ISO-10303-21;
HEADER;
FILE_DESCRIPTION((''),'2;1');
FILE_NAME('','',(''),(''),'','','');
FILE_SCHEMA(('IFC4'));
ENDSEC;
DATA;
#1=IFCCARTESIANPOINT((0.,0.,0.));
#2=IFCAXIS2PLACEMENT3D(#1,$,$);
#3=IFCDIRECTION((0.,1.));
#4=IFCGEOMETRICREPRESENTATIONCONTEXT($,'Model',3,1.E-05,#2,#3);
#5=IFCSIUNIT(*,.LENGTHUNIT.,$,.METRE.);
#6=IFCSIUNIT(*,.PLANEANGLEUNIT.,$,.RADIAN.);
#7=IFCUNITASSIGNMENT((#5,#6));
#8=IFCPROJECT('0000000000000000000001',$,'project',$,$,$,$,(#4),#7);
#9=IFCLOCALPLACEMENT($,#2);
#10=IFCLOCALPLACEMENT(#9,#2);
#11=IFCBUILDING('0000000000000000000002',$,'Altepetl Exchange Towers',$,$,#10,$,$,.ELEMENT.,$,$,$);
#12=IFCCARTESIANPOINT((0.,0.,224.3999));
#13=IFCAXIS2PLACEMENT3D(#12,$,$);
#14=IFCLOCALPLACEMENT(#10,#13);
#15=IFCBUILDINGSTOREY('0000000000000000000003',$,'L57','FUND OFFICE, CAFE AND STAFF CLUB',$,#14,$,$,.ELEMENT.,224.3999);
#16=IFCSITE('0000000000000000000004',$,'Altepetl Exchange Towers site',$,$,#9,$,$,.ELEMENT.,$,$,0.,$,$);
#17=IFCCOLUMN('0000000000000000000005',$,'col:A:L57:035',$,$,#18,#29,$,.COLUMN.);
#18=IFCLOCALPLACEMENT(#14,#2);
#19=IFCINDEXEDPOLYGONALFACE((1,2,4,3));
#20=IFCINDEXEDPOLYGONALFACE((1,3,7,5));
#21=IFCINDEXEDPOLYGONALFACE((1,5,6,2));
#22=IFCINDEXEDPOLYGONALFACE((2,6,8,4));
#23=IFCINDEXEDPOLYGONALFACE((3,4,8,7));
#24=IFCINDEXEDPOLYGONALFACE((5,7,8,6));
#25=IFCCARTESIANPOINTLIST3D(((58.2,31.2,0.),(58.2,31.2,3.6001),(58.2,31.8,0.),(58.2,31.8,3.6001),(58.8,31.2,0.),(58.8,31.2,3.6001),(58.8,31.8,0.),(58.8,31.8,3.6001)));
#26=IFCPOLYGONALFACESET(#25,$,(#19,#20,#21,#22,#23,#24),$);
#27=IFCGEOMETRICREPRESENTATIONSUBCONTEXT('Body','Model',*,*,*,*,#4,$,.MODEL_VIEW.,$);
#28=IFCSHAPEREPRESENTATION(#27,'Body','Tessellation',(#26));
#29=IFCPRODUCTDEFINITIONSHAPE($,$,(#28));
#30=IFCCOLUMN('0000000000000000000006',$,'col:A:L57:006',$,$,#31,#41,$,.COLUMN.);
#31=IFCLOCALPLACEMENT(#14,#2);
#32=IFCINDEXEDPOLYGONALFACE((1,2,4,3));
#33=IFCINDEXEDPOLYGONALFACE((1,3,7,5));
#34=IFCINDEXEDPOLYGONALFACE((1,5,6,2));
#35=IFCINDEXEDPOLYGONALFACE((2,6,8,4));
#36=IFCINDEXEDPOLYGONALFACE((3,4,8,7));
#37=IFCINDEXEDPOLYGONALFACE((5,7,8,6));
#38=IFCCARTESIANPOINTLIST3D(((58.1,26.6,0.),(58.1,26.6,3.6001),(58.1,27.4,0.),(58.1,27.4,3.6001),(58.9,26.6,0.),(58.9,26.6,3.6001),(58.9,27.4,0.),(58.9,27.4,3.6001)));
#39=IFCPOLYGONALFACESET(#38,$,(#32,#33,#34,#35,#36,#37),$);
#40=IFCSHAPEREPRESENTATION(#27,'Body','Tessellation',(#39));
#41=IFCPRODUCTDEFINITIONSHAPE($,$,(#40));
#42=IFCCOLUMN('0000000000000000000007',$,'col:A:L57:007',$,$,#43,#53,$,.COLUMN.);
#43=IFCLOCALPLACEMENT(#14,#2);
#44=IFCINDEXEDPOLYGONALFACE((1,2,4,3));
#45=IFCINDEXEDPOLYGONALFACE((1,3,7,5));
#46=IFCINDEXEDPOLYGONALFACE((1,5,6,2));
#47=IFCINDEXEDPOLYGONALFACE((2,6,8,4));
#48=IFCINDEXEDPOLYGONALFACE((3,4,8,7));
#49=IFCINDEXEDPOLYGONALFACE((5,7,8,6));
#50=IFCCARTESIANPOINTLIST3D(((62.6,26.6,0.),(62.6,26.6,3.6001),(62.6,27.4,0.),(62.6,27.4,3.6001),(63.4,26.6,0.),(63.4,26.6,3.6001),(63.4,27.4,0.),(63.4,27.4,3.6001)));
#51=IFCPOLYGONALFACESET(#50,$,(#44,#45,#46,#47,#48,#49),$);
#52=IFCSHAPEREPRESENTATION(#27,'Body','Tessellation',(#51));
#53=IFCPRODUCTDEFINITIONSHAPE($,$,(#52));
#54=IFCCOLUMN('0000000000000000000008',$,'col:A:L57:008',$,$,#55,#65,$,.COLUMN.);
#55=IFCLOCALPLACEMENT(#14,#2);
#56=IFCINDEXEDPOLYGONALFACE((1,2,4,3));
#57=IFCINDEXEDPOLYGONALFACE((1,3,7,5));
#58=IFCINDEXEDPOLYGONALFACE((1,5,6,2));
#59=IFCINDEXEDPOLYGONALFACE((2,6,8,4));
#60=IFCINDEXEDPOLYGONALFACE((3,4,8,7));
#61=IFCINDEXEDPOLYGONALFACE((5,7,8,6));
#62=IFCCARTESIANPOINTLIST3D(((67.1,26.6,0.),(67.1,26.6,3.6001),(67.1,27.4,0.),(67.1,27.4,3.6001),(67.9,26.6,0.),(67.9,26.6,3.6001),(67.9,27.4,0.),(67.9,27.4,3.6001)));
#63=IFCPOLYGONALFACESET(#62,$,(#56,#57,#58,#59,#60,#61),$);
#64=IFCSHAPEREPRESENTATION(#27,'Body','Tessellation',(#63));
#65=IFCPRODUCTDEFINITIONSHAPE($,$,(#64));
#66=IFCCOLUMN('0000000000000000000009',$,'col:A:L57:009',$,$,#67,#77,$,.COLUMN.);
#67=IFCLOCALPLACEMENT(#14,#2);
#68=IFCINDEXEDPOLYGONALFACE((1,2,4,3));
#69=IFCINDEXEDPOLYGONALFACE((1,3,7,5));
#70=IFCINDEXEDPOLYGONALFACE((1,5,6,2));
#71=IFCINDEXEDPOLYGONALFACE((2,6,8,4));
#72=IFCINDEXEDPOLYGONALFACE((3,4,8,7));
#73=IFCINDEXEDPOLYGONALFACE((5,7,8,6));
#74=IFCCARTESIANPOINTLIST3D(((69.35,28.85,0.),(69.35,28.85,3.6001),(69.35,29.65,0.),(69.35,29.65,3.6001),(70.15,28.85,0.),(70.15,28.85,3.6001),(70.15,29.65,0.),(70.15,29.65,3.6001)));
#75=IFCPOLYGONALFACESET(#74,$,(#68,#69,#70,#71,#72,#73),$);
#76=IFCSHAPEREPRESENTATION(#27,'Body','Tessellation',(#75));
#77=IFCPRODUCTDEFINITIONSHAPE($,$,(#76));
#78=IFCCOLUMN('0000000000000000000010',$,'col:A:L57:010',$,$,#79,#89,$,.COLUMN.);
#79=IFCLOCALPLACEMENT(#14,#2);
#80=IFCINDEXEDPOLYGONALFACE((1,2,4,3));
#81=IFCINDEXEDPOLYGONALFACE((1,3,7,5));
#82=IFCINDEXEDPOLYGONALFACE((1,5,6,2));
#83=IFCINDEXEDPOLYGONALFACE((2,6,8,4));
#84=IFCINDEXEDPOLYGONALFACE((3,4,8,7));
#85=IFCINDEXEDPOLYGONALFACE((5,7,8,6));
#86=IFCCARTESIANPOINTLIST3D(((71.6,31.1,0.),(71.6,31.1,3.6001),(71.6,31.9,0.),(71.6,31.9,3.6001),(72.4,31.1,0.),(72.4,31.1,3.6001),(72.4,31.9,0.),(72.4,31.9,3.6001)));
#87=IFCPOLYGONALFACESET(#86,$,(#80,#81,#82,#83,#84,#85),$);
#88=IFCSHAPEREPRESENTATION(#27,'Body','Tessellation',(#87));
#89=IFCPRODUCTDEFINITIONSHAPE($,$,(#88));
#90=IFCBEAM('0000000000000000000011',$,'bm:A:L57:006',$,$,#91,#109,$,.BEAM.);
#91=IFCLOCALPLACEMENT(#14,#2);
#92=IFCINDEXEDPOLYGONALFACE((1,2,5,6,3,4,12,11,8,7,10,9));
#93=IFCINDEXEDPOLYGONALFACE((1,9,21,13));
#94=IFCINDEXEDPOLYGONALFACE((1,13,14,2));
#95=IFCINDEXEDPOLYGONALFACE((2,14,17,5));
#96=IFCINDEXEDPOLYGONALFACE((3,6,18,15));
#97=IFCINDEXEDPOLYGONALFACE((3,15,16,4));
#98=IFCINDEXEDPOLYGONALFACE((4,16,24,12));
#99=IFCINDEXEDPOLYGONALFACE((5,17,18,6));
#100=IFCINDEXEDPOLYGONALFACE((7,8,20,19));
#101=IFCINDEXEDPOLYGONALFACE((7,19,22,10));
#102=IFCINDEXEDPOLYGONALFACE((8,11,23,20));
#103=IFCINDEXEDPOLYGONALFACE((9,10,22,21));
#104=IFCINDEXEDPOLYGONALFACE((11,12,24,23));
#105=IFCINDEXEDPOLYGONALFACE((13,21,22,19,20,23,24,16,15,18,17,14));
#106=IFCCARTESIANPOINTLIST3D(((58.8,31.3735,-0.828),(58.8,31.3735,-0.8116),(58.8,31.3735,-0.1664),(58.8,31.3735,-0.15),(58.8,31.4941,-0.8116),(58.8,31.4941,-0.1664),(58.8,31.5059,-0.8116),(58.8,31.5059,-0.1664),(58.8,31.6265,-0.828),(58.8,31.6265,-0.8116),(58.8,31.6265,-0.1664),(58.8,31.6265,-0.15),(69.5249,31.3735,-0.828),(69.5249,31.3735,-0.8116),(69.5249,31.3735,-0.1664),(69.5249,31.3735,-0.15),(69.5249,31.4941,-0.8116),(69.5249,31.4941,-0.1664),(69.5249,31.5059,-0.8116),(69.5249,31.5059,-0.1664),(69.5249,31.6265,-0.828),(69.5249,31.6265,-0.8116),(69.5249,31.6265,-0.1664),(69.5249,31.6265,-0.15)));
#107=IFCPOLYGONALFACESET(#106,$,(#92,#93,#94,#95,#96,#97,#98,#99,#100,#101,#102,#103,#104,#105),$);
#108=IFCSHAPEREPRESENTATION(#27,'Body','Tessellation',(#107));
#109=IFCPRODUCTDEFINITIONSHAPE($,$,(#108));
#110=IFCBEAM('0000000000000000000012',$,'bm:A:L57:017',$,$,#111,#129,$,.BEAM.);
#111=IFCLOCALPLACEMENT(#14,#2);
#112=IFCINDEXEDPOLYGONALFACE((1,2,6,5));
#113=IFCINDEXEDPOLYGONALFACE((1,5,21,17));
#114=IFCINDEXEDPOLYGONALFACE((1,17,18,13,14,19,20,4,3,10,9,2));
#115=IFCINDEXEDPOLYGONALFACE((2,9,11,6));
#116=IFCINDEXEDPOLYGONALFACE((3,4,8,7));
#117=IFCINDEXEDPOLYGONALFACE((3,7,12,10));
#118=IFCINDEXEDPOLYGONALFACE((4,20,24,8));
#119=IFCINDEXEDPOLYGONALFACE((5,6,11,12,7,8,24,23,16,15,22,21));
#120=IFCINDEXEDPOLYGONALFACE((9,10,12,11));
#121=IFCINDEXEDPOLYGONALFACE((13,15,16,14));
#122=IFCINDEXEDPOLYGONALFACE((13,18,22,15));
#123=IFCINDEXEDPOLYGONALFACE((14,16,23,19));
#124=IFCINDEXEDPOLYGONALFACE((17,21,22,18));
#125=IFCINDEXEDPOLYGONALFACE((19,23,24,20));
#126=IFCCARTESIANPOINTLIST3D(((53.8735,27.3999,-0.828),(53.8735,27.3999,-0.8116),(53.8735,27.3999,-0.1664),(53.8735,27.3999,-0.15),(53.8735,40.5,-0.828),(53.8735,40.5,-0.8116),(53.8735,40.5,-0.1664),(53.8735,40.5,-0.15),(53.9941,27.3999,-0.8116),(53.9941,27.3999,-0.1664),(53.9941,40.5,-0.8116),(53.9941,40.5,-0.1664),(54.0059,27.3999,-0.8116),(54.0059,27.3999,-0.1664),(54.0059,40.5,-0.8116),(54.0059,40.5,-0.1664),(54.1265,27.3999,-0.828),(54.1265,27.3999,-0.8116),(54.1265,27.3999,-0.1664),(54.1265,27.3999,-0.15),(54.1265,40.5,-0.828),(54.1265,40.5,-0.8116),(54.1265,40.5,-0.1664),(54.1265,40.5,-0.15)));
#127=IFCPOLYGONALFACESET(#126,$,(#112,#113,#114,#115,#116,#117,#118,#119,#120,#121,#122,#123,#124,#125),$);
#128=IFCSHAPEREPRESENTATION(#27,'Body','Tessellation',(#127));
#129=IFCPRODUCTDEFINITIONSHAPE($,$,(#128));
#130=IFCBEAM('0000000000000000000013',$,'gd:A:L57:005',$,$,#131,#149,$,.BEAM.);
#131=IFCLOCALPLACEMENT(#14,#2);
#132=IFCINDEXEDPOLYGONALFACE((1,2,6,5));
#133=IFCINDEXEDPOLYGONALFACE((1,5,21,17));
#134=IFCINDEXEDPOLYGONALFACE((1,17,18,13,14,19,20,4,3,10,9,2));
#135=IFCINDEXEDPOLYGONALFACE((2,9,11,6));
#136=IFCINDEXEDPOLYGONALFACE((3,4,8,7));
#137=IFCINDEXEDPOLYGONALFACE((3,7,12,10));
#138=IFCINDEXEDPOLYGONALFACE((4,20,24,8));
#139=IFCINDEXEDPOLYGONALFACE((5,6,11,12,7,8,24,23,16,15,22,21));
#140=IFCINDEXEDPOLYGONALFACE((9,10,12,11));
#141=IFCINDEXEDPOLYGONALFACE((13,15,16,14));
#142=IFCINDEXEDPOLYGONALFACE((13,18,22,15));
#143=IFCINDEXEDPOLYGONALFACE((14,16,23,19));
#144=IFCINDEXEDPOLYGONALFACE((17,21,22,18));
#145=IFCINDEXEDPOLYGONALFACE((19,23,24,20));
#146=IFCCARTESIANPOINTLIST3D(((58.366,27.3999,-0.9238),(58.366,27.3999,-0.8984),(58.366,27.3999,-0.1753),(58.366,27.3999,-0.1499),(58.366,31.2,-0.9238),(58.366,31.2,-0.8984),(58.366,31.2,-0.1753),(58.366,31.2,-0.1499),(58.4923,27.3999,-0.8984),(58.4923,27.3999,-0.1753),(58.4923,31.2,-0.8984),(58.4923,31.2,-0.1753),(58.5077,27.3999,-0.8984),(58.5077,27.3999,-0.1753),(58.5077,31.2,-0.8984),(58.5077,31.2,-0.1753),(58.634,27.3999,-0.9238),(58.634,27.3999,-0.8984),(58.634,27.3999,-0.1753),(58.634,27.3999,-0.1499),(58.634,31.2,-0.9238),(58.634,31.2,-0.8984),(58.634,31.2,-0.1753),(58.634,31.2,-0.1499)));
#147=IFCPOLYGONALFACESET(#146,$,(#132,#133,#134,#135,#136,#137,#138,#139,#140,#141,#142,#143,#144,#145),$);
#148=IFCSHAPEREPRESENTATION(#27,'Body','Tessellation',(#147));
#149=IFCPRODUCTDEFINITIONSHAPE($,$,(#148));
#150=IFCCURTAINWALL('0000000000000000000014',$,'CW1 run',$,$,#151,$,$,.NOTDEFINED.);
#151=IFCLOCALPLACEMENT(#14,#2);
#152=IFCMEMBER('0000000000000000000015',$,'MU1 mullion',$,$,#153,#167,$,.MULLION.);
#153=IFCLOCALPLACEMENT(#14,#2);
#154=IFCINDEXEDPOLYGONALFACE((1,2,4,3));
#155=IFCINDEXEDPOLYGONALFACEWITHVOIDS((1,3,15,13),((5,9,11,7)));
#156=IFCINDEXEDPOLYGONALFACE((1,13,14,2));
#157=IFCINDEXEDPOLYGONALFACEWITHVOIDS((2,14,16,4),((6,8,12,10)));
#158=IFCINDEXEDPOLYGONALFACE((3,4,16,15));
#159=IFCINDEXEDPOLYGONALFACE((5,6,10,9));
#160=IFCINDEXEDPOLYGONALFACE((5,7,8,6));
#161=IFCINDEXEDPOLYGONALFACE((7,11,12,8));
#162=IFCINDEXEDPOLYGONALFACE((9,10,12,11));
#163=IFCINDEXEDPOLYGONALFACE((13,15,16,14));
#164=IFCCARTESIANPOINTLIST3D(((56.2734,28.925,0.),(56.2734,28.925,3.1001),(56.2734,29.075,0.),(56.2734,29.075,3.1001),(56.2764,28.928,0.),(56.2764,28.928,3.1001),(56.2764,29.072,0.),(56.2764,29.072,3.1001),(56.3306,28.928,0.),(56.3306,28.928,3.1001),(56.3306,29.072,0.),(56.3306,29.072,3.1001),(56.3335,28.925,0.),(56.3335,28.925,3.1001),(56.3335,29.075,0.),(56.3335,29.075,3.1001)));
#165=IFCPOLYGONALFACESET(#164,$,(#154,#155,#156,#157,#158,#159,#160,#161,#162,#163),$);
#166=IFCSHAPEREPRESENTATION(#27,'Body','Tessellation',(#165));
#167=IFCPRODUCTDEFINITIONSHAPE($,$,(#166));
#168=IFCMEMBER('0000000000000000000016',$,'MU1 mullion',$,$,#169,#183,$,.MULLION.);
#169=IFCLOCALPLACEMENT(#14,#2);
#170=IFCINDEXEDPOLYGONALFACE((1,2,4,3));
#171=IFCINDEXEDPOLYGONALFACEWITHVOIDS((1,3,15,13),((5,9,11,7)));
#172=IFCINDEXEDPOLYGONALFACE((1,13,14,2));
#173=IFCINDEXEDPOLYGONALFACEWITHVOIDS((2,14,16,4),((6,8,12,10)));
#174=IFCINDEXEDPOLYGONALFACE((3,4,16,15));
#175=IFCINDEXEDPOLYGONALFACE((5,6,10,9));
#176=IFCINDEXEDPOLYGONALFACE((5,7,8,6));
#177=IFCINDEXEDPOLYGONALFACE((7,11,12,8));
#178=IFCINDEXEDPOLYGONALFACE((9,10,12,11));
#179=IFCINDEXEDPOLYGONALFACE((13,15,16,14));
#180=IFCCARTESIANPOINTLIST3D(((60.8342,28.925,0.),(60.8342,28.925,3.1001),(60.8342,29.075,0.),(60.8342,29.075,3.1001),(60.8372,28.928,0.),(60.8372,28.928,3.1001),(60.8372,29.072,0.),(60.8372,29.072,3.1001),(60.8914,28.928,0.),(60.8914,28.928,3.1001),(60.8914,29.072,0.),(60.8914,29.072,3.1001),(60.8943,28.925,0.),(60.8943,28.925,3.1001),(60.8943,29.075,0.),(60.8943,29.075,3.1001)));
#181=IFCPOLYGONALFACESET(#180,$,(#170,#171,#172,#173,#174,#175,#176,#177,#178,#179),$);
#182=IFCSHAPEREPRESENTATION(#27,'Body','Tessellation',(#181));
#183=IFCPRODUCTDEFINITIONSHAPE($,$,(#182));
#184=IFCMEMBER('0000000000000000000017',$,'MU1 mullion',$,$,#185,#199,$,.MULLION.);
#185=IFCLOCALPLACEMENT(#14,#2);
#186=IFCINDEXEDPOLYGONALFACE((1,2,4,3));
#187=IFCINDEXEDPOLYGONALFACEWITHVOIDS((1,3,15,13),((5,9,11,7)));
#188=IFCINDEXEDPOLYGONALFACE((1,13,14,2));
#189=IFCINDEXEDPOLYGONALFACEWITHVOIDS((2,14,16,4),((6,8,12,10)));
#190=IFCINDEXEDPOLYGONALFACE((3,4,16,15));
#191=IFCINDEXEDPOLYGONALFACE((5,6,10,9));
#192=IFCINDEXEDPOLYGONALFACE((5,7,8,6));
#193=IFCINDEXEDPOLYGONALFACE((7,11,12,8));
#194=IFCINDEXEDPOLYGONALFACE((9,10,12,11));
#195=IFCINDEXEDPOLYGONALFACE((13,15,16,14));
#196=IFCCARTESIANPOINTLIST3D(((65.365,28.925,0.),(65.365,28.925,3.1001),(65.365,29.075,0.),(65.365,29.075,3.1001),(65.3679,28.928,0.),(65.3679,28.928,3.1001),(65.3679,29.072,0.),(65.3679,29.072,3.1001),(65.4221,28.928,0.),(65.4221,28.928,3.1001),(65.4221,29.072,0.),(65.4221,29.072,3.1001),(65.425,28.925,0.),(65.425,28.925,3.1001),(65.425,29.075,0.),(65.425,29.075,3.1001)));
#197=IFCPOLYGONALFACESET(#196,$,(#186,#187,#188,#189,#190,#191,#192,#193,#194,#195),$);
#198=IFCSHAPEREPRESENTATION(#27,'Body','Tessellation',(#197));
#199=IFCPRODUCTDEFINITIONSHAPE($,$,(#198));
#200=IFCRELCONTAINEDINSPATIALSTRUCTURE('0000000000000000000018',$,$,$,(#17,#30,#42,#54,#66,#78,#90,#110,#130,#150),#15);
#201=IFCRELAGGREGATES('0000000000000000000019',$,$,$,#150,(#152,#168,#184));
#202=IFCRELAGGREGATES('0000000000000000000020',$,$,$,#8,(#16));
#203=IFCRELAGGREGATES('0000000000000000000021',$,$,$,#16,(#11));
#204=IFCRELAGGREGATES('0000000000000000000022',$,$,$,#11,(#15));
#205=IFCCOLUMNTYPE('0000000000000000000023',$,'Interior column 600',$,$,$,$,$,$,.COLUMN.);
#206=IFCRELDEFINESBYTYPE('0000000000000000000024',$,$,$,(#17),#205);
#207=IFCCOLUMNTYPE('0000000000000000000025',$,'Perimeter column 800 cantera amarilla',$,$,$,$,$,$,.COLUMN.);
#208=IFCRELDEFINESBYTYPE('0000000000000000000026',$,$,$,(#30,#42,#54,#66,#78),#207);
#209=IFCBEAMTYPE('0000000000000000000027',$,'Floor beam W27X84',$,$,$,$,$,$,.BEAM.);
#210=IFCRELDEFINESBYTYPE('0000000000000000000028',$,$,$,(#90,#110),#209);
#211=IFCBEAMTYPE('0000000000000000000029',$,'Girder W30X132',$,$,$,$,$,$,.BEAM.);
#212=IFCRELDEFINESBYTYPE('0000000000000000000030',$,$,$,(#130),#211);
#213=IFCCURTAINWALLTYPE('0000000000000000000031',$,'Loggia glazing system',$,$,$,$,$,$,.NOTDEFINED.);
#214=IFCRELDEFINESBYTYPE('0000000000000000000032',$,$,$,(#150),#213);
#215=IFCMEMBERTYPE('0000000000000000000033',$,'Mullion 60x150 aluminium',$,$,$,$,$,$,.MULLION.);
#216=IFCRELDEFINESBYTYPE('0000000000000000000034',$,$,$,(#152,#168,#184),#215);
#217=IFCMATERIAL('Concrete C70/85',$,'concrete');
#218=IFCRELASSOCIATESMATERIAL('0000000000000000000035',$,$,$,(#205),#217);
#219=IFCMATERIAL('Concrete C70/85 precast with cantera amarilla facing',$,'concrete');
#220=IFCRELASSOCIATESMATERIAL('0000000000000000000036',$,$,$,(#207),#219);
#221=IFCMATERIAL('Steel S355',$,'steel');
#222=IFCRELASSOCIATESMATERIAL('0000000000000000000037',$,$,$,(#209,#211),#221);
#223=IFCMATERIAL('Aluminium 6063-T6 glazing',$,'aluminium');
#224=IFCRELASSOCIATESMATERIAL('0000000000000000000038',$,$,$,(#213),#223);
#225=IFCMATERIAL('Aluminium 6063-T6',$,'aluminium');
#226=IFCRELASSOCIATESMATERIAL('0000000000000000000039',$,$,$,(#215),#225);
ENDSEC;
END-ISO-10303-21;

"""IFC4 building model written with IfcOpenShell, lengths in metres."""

from ifc_helpers import new_model, si_unit, direction, frame, origin, origin_2d, place, context, subcontext, project, spatial, rectangle, hollow_rectangle, i_section, extrude, material, material_profile, profile_set, type_object, element, aggregate, save


model = new_model("IFC4")

# Units and contexts
model_context = context("Model", 3, precision=1e-05, world=origin(), true_north=direction((0.0, 1.0)))
body_context = subcontext(model_context, "Body", "Model", "MODEL_VIEW")
ifc_project = project(units=[si_unit("LENGTHUNIT", "METRE"), si_unit("PLANEANGLEUNIT", "RADIAN")], contexts=[model_context])

# Site, building, storey
site_placement = place(None, origin())
site = spatial("IfcSite", under=ifc_project, at=site_placement, Name="Altepetl Exchange Towers site", CompositionType="ELEMENT", RefElevation=0.0)
building_placement = place(site_placement, origin())
building = spatial("IfcBuilding", under=site, at=building_placement, Name="Altepetl Exchange Towers", CompositionType="ELEMENT")
storey_placement = place(building_placement, frame((0.0, 0.0, 224.3999)))
storey = spatial("IfcBuildingStorey", under=building, at=storey_placement, Name="L57", Description="FUND OFFICE, CAFE AND STAFF CLUB", CompositionType="ELEMENT", Elevation=224.3999)

# Columns
ifc_material_1 = material(Name="Concrete C70/85", Category="concrete")
ifc_material_profile_1 = material_profile(ifc_material_1, rectangle(XDim=0.6001, YDim=0.6001, at=origin_2d()), Name="600 x 600")
ifc_profile_set_1 = profile_set([ifc_material_profile_1], Name="Concrete C70/85")
column_type_1 = type_object("IfcColumnType", Name="Interior column 600", PredefinedType="COLUMN", material=ifc_profile_set_1)
column_placement = place(storey_placement, frame((58.5, 31.5, 0.0)))
element("IfcColumn", 1, at=column_placement, inside=storey, type_object=column_type_1, Name="col:A:L57:035", PredefinedType="COLUMN", context=body_context, shape_type="SweptSolid", body=[
    extrude(rectangle(XDim=0.6001, YDim=0.6001, at=origin_2d()), origin(), (0.0, 0.0, 1.0), 3.6001),
])
ifc_material_2 = material(Name="Concrete C70/85 precast with cantera amarilla facing", Category="concrete")
ifc_material_profile_2 = material_profile(ifc_material_2, rectangle(XDim=0.8, YDim=0.8, at=origin_2d()), Name="800 x 800")
ifc_profile_set_2 = profile_set([ifc_material_profile_2], Name="Concrete C70/85 precast with cantera amarilla facing")
column_type_2 = type_object("IfcColumnType", Name="Perimeter column 800 cantera amarilla", PredefinedType="COLUMN", material=ifc_profile_set_2)
for number, where, name in (
    (2, (58.5, 27.0, 0.0), "col:A:L57:006"),
    (3, (63.0, 27.0, 0.0), "col:A:L57:007"),
    (4, (67.5, 27.0, 0.0), "col:A:L57:008"),
    (5, (69.75, 29.25, 0.0), "col:A:L57:009"),
    (6, (72.0, 31.5, 0.0), "col:A:L57:010"),
):
    element("IfcColumn", number, at=place(storey_placement, frame(where)), inside=storey, type_object=column_type_2, Name=name, PredefinedType="COLUMN", context=body_context, shape_type="SweptSolid", body=[
        extrude(rectangle(XDim=0.8, YDim=0.8, at=origin_2d()), origin(), (0.0, 0.0, 1.0), 3.6001),
    ])

# Beams
ifc_material_3 = material(Name="Steel S355", Category="steel")
ifc_material_profile_3 = material_profile(ifc_material_3, i_section(OverallWidth=0.2529, OverallDepth=0.678, WebThickness=0.0117, FlangeThickness=0.0164, at=origin_2d()), Name="W27X84")
ifc_profile_set_3 = profile_set([ifc_material_profile_3], Name="Steel S355")
beam_type_1 = type_object("IfcBeamType", Name="Floor beam W27X84", PredefinedType="BEAM", material=ifc_profile_set_3)
beam_1_placement = place(storey_placement, frame((58.8, 31.5, -0.489), z_axis=(1.0, 0.0, 0.0), x_axis=(0.0, 1.0, 0.0)))
element("IfcBeam", 7, at=beam_1_placement, inside=storey, type_object=beam_type_1, Name="bm:A:L57:006", PredefinedType="BEAM", context=body_context, shape_type="SweptSolid", body=[
    extrude(i_section(OverallWidth=0.2529, OverallDepth=0.678, WebThickness=0.0117, FlangeThickness=0.0164, at=origin_2d()), origin(), (0.0, 0.0, 1.0), 10.7249),
])
beam_2_placement = place(storey_placement, frame((54.0, 27.3999, -0.489), z_axis=(0.0, 1.0, 0.0), x_axis=(-1.0, 0.0, 0.0)))
element("IfcBeam", 8, at=beam_2_placement, inside=storey, type_object=beam_type_1, Name="bm:A:L57:017", PredefinedType="BEAM", context=body_context, shape_type="SweptSolid", body=[
    extrude(i_section(OverallWidth=0.2529, OverallDepth=0.678, WebThickness=0.0117, FlangeThickness=0.0164, at=origin_2d()), origin(), (0.0, 0.0, 1.0), 13.1001),
])
ifc_material_profile_4 = material_profile(ifc_material_3, i_section(OverallWidth=0.2681, OverallDepth=0.7739, WebThickness=0.0154, FlangeThickness=0.0254, at=origin_2d()), Name="W30X132")
ifc_profile_set_4 = profile_set([ifc_material_profile_4], Name="Steel S355")
beam_type_2 = type_object("IfcBeamType", Name="Girder W30X132", PredefinedType="BEAM", material=ifc_profile_set_4)
beam_3_placement = place(storey_placement, frame((58.5, 31.2, -0.5369), z_axis=(0.0, -1.0, 0.0), x_axis=(1.0, 0.0, 0.0)))
element("IfcBeam", 9, at=beam_3_placement, inside=storey, type_object=beam_type_2, Name="gd:A:L57:005", PredefinedType="BEAM", context=body_context, shape_type="SweptSolid", body=[
    extrude(i_section(OverallWidth=0.2681, OverallDepth=0.7739, WebThickness=0.0154, FlangeThickness=0.0254, at=origin_2d()), origin(), (0.0, 0.0, 1.0), 3.8),
])

# Curtain wall, members
ifc_material_4 = material(Name="Aluminium 6063-T6 glazing", Category="aluminium")
curtain_wall_type = type_object("IfcCurtainWallType", Name="Loggia glazing system", PredefinedType="NOTDEFINED", material=ifc_material_4)
curtain_wall_1_placement = place(storey_placement, origin())
curtain_wall_1 = element("IfcCurtainWall", 10, at=curtain_wall_1_placement, inside=storey, type_object=curtain_wall_type, Name="CW1 run", PredefinedType="NOTDEFINED")
ifc_material_5 = material(Name="Aluminium 6063-T6", Category="aluminium")
ifc_material_profile_5 = material_profile(ifc_material_5, hollow_rectangle(XDim=0.0601, YDim=0.1499, WallThickness=0.0029, at=origin_2d()), Name="Mullion 60x150 aluminium")
ifc_profile_set_5 = profile_set([ifc_material_profile_5], Name="Aluminium 6063-T6")
member_type = type_object("IfcMemberType", Name="Mullion 60x150 aluminium", PredefinedType="MULLION", material=ifc_profile_set_5)
member_1_placement = place(storey_placement, frame((56.3035, 29.0, 0.0)))
member_1 = element("IfcMember", 11, at=member_1_placement, type_object=member_type, Name="MU1 mullion", PredefinedType="MULLION", context=body_context, shape_type="SweptSolid", body=[
    extrude(hollow_rectangle(XDim=0.0601, YDim=0.1499, WallThickness=0.0029, at=origin_2d()), origin(), (0.0, 0.0, 1.0), 3.1001),
])
member_2_placement = place(storey_placement, frame((60.8643, 29.0, 0.0)))
member_2 = element("IfcMember", 12, at=member_2_placement, type_object=member_type, Name="MU1 mullion", PredefinedType="MULLION", context=body_context, shape_type="SweptSolid", body=[
    extrude(hollow_rectangle(XDim=0.0601, YDim=0.1499, WallThickness=0.0029, at=origin_2d()), origin(), (0.0, 0.0, 1.0), 3.1001),
])
member_3_placement = place(storey_placement, frame((65.395, 29.0, 0.0)))
member_3 = element("IfcMember", 13, at=member_3_placement, type_object=member_type, Name="MU1 mullion", PredefinedType="MULLION", context=body_context, shape_type="SweptSolid", body=[
    extrude(hollow_rectangle(XDim=0.0601, YDim=0.1499, WallThickness=0.0029, at=origin_2d()), origin(), (0.0, 0.0, 1.0), 3.1001),
])

aggregate(curtain_wall_1, [member_1, member_2, member_3])

save(model, "model.ifc")
